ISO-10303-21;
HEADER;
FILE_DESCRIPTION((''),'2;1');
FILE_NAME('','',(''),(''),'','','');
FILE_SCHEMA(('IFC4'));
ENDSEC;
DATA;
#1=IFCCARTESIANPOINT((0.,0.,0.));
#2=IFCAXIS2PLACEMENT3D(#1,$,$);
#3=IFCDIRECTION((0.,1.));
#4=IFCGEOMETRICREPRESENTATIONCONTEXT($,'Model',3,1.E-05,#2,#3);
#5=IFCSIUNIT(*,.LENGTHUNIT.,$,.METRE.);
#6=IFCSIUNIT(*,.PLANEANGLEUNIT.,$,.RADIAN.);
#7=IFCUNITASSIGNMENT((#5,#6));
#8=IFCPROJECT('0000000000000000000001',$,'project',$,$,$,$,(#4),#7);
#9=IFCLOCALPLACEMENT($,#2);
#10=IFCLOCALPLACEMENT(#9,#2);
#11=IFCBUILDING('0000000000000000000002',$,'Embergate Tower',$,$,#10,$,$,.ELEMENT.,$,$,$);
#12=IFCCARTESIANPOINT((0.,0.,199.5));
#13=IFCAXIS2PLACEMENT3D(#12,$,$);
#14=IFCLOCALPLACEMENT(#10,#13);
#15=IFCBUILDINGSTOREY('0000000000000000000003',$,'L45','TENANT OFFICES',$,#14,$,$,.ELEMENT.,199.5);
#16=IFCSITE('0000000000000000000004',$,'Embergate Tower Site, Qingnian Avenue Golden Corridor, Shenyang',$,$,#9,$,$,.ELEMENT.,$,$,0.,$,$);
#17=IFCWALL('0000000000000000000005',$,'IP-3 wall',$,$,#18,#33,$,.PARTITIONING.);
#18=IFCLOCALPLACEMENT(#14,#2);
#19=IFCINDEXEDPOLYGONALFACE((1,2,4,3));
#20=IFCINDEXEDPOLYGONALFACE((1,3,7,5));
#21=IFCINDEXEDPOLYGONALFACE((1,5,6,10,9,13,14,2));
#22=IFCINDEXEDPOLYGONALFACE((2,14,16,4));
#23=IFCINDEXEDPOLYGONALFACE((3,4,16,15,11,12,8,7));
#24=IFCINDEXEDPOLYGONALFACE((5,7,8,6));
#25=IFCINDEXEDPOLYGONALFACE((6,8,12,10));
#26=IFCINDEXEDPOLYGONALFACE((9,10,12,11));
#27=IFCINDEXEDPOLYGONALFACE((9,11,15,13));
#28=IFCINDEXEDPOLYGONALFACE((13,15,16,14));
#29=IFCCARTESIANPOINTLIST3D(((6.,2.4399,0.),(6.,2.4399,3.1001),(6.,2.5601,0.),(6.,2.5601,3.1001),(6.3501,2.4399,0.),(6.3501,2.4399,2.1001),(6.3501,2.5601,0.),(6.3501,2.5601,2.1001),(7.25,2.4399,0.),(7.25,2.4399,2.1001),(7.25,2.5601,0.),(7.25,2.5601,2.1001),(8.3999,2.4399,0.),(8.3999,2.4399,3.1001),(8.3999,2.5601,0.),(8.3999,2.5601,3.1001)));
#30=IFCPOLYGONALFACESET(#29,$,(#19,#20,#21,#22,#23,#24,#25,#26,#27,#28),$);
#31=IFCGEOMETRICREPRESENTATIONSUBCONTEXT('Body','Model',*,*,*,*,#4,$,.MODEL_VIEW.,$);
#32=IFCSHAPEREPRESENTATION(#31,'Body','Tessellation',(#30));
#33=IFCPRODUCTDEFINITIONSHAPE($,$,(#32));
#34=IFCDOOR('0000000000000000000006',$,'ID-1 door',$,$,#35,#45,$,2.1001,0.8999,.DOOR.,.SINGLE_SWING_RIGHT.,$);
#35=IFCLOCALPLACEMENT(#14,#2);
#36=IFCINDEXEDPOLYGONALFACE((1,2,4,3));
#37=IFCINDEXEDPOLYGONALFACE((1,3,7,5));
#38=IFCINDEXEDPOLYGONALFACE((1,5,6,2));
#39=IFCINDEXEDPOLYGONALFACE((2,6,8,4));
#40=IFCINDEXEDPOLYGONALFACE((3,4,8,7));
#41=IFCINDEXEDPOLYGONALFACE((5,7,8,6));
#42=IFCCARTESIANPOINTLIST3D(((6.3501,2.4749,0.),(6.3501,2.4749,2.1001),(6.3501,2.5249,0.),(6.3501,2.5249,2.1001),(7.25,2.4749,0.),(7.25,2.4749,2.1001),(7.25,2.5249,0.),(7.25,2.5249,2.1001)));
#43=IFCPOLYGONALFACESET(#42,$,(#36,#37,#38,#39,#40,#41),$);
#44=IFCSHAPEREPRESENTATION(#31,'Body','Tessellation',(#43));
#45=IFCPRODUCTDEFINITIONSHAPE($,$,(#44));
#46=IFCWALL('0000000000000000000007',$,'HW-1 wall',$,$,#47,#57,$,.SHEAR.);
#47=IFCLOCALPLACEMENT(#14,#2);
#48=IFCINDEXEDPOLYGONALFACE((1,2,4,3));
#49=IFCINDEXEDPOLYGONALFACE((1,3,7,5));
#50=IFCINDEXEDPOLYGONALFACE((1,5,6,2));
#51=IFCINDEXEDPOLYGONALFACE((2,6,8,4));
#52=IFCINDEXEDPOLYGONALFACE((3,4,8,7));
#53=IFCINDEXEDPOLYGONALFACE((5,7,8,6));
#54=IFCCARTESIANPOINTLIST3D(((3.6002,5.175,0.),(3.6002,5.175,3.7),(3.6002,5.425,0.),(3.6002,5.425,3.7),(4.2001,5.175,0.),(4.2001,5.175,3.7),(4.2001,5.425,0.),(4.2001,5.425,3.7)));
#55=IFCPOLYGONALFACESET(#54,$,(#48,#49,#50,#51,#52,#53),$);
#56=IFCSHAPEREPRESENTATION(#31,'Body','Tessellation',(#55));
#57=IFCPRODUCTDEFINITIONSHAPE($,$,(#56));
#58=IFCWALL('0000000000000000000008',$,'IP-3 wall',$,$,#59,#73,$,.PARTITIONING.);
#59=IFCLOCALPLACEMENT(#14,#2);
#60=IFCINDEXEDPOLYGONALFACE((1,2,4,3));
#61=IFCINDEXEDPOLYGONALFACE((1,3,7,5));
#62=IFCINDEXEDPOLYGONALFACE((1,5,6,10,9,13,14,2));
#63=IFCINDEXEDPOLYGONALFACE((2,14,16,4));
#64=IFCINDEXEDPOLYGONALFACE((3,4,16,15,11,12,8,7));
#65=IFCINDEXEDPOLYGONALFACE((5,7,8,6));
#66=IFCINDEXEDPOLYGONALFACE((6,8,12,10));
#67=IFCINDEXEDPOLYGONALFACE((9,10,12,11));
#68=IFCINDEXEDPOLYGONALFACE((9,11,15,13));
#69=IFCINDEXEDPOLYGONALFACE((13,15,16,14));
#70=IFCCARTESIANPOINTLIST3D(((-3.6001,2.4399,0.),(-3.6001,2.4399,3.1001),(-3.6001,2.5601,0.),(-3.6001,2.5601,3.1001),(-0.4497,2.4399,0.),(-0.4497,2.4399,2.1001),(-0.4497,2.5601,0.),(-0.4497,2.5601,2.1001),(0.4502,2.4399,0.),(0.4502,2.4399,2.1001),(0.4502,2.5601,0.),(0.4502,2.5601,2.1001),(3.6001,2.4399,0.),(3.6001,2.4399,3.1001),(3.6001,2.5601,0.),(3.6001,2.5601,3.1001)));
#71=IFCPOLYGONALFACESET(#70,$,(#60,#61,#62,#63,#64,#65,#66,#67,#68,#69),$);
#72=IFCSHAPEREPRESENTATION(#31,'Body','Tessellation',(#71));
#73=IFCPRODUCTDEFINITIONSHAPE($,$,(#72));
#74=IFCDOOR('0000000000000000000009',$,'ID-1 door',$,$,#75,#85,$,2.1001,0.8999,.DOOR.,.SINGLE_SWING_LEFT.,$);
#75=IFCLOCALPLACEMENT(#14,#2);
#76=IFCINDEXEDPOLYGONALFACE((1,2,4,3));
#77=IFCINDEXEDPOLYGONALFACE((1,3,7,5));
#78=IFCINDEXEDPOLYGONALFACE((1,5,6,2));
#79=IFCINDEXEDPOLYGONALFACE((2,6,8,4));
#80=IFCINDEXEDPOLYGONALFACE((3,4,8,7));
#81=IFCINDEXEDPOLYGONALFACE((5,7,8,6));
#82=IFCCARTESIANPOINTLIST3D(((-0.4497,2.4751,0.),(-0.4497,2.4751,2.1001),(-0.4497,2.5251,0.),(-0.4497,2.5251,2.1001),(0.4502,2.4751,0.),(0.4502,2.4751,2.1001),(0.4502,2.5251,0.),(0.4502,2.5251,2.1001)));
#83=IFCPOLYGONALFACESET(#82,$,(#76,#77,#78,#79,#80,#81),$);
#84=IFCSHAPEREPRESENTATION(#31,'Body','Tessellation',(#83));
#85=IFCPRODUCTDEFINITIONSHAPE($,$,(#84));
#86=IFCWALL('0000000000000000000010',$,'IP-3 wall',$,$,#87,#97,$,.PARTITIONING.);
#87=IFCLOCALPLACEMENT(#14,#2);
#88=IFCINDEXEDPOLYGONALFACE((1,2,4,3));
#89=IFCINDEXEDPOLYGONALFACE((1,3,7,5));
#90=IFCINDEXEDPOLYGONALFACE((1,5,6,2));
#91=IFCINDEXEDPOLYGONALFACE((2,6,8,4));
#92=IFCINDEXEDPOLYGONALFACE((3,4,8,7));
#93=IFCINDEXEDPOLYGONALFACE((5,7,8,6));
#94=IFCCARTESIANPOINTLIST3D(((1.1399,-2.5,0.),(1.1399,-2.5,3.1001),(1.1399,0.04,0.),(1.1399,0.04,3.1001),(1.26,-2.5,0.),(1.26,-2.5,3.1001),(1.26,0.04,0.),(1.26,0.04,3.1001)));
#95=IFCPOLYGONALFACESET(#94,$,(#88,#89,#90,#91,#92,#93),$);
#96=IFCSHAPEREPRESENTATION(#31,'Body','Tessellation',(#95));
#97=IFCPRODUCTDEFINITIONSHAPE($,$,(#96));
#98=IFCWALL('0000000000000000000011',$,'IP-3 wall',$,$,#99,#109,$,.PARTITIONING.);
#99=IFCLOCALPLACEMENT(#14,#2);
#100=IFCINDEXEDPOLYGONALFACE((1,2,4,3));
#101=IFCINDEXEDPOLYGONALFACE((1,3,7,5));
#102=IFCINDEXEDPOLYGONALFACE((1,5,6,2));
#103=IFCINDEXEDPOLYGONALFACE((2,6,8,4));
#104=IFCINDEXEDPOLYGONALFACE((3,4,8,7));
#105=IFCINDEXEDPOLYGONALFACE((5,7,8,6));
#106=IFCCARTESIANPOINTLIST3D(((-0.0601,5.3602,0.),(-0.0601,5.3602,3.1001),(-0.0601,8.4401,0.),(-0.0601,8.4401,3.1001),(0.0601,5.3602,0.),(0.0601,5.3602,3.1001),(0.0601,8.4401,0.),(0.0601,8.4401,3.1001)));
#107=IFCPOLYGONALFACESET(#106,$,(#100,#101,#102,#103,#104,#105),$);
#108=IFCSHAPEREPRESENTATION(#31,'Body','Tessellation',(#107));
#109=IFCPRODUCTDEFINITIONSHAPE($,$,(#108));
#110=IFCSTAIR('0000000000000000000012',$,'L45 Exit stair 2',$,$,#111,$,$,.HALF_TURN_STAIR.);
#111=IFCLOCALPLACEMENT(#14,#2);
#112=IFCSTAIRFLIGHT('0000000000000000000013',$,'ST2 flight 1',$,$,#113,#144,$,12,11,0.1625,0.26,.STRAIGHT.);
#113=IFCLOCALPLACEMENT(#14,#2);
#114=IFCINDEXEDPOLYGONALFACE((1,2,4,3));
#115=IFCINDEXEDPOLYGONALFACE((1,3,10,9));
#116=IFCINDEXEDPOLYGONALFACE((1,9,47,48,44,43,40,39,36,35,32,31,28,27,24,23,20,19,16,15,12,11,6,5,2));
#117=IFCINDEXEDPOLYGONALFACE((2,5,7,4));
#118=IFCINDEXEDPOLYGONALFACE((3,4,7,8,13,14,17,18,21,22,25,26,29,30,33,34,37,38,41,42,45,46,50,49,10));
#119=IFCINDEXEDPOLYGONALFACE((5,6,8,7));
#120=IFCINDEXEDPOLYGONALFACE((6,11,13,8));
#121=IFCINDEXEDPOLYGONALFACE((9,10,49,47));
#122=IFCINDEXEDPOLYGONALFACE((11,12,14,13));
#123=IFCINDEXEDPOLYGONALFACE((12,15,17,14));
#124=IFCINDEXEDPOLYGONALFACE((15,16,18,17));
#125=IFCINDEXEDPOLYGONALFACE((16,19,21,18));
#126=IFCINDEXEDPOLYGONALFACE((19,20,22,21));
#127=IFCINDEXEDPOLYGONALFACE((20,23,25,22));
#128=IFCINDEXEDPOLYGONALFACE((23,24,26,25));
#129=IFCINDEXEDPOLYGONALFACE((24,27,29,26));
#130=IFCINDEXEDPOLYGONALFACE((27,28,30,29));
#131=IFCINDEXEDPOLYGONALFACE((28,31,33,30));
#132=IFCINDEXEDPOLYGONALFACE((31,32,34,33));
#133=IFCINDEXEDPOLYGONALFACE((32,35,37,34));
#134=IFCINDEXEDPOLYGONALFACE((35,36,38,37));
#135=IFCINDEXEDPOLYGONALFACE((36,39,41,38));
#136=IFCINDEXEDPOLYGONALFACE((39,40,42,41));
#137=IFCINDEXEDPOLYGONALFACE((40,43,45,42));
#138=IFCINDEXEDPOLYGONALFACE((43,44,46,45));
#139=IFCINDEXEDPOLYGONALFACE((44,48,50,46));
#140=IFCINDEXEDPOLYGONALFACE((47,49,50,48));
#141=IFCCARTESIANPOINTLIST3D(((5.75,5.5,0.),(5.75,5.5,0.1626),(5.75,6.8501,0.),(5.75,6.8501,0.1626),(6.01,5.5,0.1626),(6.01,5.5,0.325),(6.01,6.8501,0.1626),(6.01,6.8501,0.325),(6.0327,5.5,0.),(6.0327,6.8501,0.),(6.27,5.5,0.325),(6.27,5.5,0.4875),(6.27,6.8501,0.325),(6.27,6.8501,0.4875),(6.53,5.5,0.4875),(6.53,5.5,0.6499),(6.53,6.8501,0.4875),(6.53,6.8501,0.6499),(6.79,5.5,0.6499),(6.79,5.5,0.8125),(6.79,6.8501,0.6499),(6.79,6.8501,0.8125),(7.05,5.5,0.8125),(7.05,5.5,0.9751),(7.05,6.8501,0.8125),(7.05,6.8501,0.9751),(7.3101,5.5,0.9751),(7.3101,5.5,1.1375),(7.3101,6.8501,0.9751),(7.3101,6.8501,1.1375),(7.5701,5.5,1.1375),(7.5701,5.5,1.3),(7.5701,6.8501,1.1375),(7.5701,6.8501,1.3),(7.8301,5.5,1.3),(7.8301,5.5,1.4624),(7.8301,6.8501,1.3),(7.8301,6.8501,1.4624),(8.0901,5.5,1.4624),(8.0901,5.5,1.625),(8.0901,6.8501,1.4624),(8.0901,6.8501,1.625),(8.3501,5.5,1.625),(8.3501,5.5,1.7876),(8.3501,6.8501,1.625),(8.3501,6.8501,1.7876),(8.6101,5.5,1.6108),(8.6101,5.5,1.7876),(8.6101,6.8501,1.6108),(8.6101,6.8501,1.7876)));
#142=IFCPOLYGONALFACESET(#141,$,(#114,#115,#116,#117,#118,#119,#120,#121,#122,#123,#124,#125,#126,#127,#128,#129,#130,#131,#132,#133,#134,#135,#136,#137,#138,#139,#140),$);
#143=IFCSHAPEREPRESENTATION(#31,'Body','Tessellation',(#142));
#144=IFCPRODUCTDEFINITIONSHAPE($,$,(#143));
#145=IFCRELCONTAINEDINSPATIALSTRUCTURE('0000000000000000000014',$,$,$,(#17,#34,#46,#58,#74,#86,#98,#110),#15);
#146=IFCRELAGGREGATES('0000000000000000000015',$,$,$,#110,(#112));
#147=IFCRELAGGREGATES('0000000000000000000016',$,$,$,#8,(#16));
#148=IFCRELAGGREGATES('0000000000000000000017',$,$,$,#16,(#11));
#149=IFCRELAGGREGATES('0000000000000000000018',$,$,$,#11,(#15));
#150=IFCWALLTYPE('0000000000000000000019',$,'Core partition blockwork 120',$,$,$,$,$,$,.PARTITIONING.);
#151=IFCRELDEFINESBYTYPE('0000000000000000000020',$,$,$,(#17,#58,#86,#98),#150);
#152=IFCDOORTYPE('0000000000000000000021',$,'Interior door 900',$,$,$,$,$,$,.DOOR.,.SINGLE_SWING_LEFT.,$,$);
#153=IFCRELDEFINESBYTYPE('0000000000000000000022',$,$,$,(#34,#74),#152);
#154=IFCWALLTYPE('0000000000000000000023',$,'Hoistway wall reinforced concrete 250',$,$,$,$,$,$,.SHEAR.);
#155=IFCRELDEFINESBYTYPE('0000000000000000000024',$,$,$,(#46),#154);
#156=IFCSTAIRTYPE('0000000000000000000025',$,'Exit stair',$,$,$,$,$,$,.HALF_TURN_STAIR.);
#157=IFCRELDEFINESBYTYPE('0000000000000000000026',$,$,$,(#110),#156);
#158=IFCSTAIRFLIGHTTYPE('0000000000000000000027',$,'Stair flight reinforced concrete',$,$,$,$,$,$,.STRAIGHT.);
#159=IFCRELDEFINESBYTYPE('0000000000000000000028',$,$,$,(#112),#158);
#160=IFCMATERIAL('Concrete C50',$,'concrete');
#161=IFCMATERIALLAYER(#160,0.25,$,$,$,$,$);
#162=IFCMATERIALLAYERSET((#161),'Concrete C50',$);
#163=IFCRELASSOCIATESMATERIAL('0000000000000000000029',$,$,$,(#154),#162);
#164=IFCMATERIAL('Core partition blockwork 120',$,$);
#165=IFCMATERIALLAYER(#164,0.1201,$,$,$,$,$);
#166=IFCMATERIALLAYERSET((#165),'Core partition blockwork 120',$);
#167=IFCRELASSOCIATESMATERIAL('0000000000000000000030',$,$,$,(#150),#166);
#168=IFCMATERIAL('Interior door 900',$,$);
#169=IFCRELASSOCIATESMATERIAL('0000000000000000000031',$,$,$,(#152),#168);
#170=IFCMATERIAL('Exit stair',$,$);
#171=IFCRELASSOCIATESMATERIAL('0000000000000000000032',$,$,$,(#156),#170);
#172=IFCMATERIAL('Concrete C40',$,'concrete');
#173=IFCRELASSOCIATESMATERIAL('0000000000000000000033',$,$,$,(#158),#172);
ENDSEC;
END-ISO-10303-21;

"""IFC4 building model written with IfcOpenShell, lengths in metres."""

from ifc_helpers import new_model, si_unit, direction, frame, frame_2d, origin, place, context, subcontext, project, spatial, polyline, rectangle, outline, extrude, source, transform, mapped, material, layer, layer_set, type_object, element, fill, aggregate, save


model = new_model("IFC4")

# Units and contexts
model_context = context("Model", 3, precision=1e-05, world=origin(), true_north=direction((0.0, 1.0)))
body_context = subcontext(model_context, "Body", "Model", "MODEL_VIEW")
ifc_project = project(units=[si_unit("LENGTHUNIT", "METRE"), si_unit("PLANEANGLEUNIT", "RADIAN")], contexts=[model_context])

# Site, building, storey
site_placement = place(None, origin())
site = spatial("IfcSite", under=ifc_project, at=site_placement, Name="Embergate Tower Site, Qingnian Avenue Golden Corridor, Shenyang", CompositionType="ELEMENT", RefElevation=0.0)
building_placement = place(site_placement, origin())
building = spatial("IfcBuilding", under=site, at=building_placement, Name="Embergate Tower", CompositionType="ELEMENT")
storey_placement = place(building_placement, frame((0.0, 0.0, 199.5)))
storey = spatial("IfcBuildingStorey", under=building, at=storey_placement, Name="L45", Description="TENANT OFFICES", CompositionType="ELEMENT", Elevation=199.5)

# Shared definitions
ifc_material_1 = material(Name="Concrete C50", Category="concrete")
ifc_layer_1 = layer(ifc_material_1, 0.25)
ifc_layer_set_1 = layer_set([ifc_layer_1], Name="Concrete C50")
wall_type_1 = type_object("IfcWallType", Name="Hoistway wall reinforced concrete 250", PredefinedType="SHEAR", material=ifc_layer_set_1)

# Shared definitions
ifc_material_2 = material(Name="Core partition blockwork 120")
ifc_layer_2 = layer(ifc_material_2, 0.1201)
ifc_layer_set_2 = layer_set([ifc_layer_2], Name="Core partition blockwork 120")
wall_type_2 = type_object("IfcWallType", Name="Core partition blockwork 120", PredefinedType="PARTITIONING", material=ifc_layer_set_2)

# Wall, opening, door
shared_shape_1 = source(origin(), body_context, "Body", "SweptSolid", [
    extrude(rectangle(XDim=2.3999, YDim=0.1201, at=frame_2d((1.2, 0.0))), origin(), (0.0, 0.0, 1.0), 3.1001),
])
wall_1_placement = place(storey_placement, frame((6.0, 2.5, 0.0), z_axis=(0.0, 0.0, 1.0), x_axis=(1.0, 0.0, 0.0)))
wall_1 = element("IfcWall", 1, at=wall_1_placement, inside=storey, type_object=wall_type_2, Name="IP-3 wall", PredefinedType="PARTITIONING", context=body_context, shape_type="MappedRepresentation", body=[
    mapped(shared_shape_1, transform((0.0, 0.0, 0.0))),
])
shared_shape_2 = source(origin(), body_context, "Body", "SweptSolid", [
    extrude(rectangle(XDim=0.8999, YDim=2.1001, at=frame_2d((0.45, 1.05))), frame((0.0, 0.0701, 0.0), z_axis=(0.0, -1.0, 0.0), x_axis=(1.0, 0.0, 0.0)), (0.0, 0.0, 1.0), 0.1401),
])
opening_1_placement = place(wall_1_placement, frame((0.3501, 0.0, 0.0)))
opening_1 = element("IfcOpeningElement", 2, at=opening_1_placement, cuts=wall_1, PredefinedType="OPENING", context=body_context, shape_type="MappedRepresentation", body=[
    mapped(shared_shape_2, transform((0.0, 0.0, 0.0))),
])
ifc_material_3 = material(Name="Interior door 900")
door_type_1 = type_object("IfcDoorType", Name="Interior door 900", OperationType="SINGLE_SWING_LEFT", PredefinedType="DOOR", material=ifc_material_3)
shared_shape_3 = source(origin(), body_context, "Body", "SweptSolid", [
    extrude(rectangle(XDim=0.8999, YDim=2.1001, at=frame_2d((0.45, 1.05))), frame((0.0, 0.0249, 0.0), z_axis=(0.0, -1.0, 0.0), x_axis=(1.0, 0.0, 0.0)), (0.0, 0.0, 1.0), 0.05),
])
door_1_placement = place(opening_1_placement, origin())
door_1 = element("IfcDoor", 3, at=door_1_placement, inside=storey, type_object=door_type_1, Name="ID-1 door", OperationType="SINGLE_SWING_RIGHT", OverallHeight=2.1001, OverallWidth=0.8999, PredefinedType="DOOR", context=body_context, shape_type="MappedRepresentation", body=[
    mapped(shared_shape_3, transform((0.0, 0.0, 0.0))),
])
fill(opening_1, door_1)

# Wall
shared_shape_4 = source(origin(), body_context, "Body", "SweptSolid", [
    extrude(rectangle(XDim=0.5999, YDim=0.25, at=frame_2d((0.2998, 0.0))), origin(), (0.0, 0.0, 1.0), 3.7),
])
wall_2_placement = place(storey_placement, frame((4.2, 5.3, 0.0), z_axis=(0.0, 0.0, 1.0), x_axis=(-1.0, 0.0, 0.0)))
element("IfcWall", 4, at=wall_2_placement, inside=storey, type_object=wall_type_1, Name="HW-1 wall", PredefinedType="SHEAR", context=body_context, shape_type="MappedRepresentation", body=[
    mapped(shared_shape_4, transform((0.0, 0.0, 0.0))),
])

# Wall, opening, door
shared_shape_5 = source(origin(), body_context, "Body", "SweptSolid", [
    extrude(rectangle(XDim=7.2002, YDim=0.1201, at=frame_2d((3.6001, 0.0))), origin(), (0.0, 0.0, 1.0), 3.1001),
])
wall_3_placement = place(storey_placement, frame((3.6001, 2.5, 0.0), z_axis=(0.0, 0.0, 1.0), x_axis=(-1.0, 0.0, 0.0)))
wall_3 = element("IfcWall", 5, at=wall_3_placement, inside=storey, type_object=wall_type_2, Name="IP-3 wall", PredefinedType="PARTITIONING", context=body_context, shape_type="MappedRepresentation", body=[
    mapped(shared_shape_5, transform((0.0, 0.0, 0.0))),
])
opening_2_placement = place(wall_3_placement, frame((3.1499, 0.0, 0.0)))
opening_2 = element("IfcOpeningElement", 6, at=opening_2_placement, cuts=wall_3, PredefinedType="OPENING", context=body_context, shape_type="MappedRepresentation", body=[
    mapped(shared_shape_2, transform((0.0, 0.0, 0.0))),
])
door_2_placement = place(opening_2_placement, origin())
door_2 = element("IfcDoor", 7, at=door_2_placement, inside=storey, type_object=door_type_1, Name="ID-1 door", OperationType="SINGLE_SWING_LEFT", OverallHeight=2.1001, OverallWidth=0.8999, PredefinedType="DOOR", context=body_context, shape_type="MappedRepresentation", body=[
    mapped(shared_shape_3, transform((0.0, 0.0, 0.0))),
])
fill(opening_2, door_2)

# Walls
shared_shape_6 = source(origin(), body_context, "Body", "SweptSolid", [
    extrude(rectangle(XDim=2.54, YDim=0.1201, at=frame_2d((1.27, 0.0))), origin(), (0.0, 0.0, 1.0), 3.1001),
])
wall_4_placement = place(storey_placement, frame((1.2, 0.04, 0.0), z_axis=(0.0, 0.0, 1.0), x_axis=(0.0, -1.0, 0.0)))
element("IfcWall", 8, at=wall_4_placement, inside=storey, type_object=wall_type_2, Name="IP-3 wall", PredefinedType="PARTITIONING", context=body_context, shape_type="MappedRepresentation", body=[
    mapped(shared_shape_6, transform((0.0, 0.0, 0.0))),
])
shared_shape_7 = source(origin(), body_context, "Body", "SweptSolid", [
    extrude(rectangle(XDim=3.0798, YDim=0.1201, at=frame_2d((1.54, 0.0))), origin(), (0.0, 0.0, 1.0), 3.1001),
])
wall_5_placement = place(storey_placement, frame((0.0, 5.3601, 0.0), z_axis=(0.0, 0.0, 1.0), x_axis=(0.0, 1.0, 0.0)))
element("IfcWall", 9, at=wall_5_placement, inside=storey, type_object=wall_type_2, Name="IP-3 wall", PredefinedType="PARTITIONING", context=body_context, shape_type="MappedRepresentation", body=[
    mapped(shared_shape_7, transform((0.0, 0.0, 0.0))),
])

# Stair, stair flight
ifc_material_4 = material(Name="Exit stair")
stair_type = type_object("IfcStairType", Name="Exit stair", PredefinedType="HALF_TURN_STAIR", material=ifc_material_4)
stair_placement = place(storey_placement, origin())
stair = element("IfcStair", 10, at=stair_placement, inside=storey, type_object=stair_type, Name="L45 Exit stair 2", PredefinedType="HALF_TURN_STAIR")
ifc_material_5 = material(Name="Concrete C40", Category="concrete")
stair_flight_type = type_object("IfcStairFlightType", Name="Stair flight reinforced concrete", PredefinedType="STRAIGHT", material=ifc_material_5)
shared_shape_8 = source(origin(), body_context, "Body", "SweptSolid", [
    extrude(outline(polyline([(0.0, 0.0), (0.0, 0.1626), (0.26, 0.1626), (0.26, 0.325), (0.52, 0.325), (0.52, 0.4875), (0.78, 0.4875), (0.78, 0.6499), (1.04, 0.6499), (1.04, 0.8125), (1.3, 0.8125), (1.3, 0.9751), (1.5601, 0.9751), (1.5601, 1.1375), (1.8201, 1.1375), (1.8201, 1.3), (2.0801, 1.3), (2.0801, 1.4624), (2.3401, 1.4624), (2.3401, 1.625), (2.6001, 1.625), (2.6001, 1.7876), (2.8601, 1.7876), (2.8601, 1.95), (2.8601, 1.6108), (0.2827, 0.0), (0.0, 0.0)])), frame((0.0, 0.675, 0.0), z_axis=(0.0, -1.0, 0.0), x_axis=(1.0, 0.0, 0.0)), (0.0, 0.0, 1.0), 1.3501),
])
stair_flight_placement = place(storey_placement, frame((5.75, 6.175, 0.0), z_axis=(0.0, 0.0, 1.0), x_axis=(1.0, 0.0, 0.0)))
stair_flight = element("IfcStairFlight", 11, at=stair_flight_placement, type_object=stair_flight_type, Name="ST2 flight 1", NumberOfRisers=12, NumberOfTreads=11, PredefinedType="STRAIGHT", RiserHeight=0.1625, TreadLength=0.26, context=body_context, shape_type="MappedRepresentation", body=[
    mapped(shared_shape_8, transform((0.0, 0.0, 0.0))),
])
aggregate(stair, [stair_flight])

save(model, "model.ifc")
